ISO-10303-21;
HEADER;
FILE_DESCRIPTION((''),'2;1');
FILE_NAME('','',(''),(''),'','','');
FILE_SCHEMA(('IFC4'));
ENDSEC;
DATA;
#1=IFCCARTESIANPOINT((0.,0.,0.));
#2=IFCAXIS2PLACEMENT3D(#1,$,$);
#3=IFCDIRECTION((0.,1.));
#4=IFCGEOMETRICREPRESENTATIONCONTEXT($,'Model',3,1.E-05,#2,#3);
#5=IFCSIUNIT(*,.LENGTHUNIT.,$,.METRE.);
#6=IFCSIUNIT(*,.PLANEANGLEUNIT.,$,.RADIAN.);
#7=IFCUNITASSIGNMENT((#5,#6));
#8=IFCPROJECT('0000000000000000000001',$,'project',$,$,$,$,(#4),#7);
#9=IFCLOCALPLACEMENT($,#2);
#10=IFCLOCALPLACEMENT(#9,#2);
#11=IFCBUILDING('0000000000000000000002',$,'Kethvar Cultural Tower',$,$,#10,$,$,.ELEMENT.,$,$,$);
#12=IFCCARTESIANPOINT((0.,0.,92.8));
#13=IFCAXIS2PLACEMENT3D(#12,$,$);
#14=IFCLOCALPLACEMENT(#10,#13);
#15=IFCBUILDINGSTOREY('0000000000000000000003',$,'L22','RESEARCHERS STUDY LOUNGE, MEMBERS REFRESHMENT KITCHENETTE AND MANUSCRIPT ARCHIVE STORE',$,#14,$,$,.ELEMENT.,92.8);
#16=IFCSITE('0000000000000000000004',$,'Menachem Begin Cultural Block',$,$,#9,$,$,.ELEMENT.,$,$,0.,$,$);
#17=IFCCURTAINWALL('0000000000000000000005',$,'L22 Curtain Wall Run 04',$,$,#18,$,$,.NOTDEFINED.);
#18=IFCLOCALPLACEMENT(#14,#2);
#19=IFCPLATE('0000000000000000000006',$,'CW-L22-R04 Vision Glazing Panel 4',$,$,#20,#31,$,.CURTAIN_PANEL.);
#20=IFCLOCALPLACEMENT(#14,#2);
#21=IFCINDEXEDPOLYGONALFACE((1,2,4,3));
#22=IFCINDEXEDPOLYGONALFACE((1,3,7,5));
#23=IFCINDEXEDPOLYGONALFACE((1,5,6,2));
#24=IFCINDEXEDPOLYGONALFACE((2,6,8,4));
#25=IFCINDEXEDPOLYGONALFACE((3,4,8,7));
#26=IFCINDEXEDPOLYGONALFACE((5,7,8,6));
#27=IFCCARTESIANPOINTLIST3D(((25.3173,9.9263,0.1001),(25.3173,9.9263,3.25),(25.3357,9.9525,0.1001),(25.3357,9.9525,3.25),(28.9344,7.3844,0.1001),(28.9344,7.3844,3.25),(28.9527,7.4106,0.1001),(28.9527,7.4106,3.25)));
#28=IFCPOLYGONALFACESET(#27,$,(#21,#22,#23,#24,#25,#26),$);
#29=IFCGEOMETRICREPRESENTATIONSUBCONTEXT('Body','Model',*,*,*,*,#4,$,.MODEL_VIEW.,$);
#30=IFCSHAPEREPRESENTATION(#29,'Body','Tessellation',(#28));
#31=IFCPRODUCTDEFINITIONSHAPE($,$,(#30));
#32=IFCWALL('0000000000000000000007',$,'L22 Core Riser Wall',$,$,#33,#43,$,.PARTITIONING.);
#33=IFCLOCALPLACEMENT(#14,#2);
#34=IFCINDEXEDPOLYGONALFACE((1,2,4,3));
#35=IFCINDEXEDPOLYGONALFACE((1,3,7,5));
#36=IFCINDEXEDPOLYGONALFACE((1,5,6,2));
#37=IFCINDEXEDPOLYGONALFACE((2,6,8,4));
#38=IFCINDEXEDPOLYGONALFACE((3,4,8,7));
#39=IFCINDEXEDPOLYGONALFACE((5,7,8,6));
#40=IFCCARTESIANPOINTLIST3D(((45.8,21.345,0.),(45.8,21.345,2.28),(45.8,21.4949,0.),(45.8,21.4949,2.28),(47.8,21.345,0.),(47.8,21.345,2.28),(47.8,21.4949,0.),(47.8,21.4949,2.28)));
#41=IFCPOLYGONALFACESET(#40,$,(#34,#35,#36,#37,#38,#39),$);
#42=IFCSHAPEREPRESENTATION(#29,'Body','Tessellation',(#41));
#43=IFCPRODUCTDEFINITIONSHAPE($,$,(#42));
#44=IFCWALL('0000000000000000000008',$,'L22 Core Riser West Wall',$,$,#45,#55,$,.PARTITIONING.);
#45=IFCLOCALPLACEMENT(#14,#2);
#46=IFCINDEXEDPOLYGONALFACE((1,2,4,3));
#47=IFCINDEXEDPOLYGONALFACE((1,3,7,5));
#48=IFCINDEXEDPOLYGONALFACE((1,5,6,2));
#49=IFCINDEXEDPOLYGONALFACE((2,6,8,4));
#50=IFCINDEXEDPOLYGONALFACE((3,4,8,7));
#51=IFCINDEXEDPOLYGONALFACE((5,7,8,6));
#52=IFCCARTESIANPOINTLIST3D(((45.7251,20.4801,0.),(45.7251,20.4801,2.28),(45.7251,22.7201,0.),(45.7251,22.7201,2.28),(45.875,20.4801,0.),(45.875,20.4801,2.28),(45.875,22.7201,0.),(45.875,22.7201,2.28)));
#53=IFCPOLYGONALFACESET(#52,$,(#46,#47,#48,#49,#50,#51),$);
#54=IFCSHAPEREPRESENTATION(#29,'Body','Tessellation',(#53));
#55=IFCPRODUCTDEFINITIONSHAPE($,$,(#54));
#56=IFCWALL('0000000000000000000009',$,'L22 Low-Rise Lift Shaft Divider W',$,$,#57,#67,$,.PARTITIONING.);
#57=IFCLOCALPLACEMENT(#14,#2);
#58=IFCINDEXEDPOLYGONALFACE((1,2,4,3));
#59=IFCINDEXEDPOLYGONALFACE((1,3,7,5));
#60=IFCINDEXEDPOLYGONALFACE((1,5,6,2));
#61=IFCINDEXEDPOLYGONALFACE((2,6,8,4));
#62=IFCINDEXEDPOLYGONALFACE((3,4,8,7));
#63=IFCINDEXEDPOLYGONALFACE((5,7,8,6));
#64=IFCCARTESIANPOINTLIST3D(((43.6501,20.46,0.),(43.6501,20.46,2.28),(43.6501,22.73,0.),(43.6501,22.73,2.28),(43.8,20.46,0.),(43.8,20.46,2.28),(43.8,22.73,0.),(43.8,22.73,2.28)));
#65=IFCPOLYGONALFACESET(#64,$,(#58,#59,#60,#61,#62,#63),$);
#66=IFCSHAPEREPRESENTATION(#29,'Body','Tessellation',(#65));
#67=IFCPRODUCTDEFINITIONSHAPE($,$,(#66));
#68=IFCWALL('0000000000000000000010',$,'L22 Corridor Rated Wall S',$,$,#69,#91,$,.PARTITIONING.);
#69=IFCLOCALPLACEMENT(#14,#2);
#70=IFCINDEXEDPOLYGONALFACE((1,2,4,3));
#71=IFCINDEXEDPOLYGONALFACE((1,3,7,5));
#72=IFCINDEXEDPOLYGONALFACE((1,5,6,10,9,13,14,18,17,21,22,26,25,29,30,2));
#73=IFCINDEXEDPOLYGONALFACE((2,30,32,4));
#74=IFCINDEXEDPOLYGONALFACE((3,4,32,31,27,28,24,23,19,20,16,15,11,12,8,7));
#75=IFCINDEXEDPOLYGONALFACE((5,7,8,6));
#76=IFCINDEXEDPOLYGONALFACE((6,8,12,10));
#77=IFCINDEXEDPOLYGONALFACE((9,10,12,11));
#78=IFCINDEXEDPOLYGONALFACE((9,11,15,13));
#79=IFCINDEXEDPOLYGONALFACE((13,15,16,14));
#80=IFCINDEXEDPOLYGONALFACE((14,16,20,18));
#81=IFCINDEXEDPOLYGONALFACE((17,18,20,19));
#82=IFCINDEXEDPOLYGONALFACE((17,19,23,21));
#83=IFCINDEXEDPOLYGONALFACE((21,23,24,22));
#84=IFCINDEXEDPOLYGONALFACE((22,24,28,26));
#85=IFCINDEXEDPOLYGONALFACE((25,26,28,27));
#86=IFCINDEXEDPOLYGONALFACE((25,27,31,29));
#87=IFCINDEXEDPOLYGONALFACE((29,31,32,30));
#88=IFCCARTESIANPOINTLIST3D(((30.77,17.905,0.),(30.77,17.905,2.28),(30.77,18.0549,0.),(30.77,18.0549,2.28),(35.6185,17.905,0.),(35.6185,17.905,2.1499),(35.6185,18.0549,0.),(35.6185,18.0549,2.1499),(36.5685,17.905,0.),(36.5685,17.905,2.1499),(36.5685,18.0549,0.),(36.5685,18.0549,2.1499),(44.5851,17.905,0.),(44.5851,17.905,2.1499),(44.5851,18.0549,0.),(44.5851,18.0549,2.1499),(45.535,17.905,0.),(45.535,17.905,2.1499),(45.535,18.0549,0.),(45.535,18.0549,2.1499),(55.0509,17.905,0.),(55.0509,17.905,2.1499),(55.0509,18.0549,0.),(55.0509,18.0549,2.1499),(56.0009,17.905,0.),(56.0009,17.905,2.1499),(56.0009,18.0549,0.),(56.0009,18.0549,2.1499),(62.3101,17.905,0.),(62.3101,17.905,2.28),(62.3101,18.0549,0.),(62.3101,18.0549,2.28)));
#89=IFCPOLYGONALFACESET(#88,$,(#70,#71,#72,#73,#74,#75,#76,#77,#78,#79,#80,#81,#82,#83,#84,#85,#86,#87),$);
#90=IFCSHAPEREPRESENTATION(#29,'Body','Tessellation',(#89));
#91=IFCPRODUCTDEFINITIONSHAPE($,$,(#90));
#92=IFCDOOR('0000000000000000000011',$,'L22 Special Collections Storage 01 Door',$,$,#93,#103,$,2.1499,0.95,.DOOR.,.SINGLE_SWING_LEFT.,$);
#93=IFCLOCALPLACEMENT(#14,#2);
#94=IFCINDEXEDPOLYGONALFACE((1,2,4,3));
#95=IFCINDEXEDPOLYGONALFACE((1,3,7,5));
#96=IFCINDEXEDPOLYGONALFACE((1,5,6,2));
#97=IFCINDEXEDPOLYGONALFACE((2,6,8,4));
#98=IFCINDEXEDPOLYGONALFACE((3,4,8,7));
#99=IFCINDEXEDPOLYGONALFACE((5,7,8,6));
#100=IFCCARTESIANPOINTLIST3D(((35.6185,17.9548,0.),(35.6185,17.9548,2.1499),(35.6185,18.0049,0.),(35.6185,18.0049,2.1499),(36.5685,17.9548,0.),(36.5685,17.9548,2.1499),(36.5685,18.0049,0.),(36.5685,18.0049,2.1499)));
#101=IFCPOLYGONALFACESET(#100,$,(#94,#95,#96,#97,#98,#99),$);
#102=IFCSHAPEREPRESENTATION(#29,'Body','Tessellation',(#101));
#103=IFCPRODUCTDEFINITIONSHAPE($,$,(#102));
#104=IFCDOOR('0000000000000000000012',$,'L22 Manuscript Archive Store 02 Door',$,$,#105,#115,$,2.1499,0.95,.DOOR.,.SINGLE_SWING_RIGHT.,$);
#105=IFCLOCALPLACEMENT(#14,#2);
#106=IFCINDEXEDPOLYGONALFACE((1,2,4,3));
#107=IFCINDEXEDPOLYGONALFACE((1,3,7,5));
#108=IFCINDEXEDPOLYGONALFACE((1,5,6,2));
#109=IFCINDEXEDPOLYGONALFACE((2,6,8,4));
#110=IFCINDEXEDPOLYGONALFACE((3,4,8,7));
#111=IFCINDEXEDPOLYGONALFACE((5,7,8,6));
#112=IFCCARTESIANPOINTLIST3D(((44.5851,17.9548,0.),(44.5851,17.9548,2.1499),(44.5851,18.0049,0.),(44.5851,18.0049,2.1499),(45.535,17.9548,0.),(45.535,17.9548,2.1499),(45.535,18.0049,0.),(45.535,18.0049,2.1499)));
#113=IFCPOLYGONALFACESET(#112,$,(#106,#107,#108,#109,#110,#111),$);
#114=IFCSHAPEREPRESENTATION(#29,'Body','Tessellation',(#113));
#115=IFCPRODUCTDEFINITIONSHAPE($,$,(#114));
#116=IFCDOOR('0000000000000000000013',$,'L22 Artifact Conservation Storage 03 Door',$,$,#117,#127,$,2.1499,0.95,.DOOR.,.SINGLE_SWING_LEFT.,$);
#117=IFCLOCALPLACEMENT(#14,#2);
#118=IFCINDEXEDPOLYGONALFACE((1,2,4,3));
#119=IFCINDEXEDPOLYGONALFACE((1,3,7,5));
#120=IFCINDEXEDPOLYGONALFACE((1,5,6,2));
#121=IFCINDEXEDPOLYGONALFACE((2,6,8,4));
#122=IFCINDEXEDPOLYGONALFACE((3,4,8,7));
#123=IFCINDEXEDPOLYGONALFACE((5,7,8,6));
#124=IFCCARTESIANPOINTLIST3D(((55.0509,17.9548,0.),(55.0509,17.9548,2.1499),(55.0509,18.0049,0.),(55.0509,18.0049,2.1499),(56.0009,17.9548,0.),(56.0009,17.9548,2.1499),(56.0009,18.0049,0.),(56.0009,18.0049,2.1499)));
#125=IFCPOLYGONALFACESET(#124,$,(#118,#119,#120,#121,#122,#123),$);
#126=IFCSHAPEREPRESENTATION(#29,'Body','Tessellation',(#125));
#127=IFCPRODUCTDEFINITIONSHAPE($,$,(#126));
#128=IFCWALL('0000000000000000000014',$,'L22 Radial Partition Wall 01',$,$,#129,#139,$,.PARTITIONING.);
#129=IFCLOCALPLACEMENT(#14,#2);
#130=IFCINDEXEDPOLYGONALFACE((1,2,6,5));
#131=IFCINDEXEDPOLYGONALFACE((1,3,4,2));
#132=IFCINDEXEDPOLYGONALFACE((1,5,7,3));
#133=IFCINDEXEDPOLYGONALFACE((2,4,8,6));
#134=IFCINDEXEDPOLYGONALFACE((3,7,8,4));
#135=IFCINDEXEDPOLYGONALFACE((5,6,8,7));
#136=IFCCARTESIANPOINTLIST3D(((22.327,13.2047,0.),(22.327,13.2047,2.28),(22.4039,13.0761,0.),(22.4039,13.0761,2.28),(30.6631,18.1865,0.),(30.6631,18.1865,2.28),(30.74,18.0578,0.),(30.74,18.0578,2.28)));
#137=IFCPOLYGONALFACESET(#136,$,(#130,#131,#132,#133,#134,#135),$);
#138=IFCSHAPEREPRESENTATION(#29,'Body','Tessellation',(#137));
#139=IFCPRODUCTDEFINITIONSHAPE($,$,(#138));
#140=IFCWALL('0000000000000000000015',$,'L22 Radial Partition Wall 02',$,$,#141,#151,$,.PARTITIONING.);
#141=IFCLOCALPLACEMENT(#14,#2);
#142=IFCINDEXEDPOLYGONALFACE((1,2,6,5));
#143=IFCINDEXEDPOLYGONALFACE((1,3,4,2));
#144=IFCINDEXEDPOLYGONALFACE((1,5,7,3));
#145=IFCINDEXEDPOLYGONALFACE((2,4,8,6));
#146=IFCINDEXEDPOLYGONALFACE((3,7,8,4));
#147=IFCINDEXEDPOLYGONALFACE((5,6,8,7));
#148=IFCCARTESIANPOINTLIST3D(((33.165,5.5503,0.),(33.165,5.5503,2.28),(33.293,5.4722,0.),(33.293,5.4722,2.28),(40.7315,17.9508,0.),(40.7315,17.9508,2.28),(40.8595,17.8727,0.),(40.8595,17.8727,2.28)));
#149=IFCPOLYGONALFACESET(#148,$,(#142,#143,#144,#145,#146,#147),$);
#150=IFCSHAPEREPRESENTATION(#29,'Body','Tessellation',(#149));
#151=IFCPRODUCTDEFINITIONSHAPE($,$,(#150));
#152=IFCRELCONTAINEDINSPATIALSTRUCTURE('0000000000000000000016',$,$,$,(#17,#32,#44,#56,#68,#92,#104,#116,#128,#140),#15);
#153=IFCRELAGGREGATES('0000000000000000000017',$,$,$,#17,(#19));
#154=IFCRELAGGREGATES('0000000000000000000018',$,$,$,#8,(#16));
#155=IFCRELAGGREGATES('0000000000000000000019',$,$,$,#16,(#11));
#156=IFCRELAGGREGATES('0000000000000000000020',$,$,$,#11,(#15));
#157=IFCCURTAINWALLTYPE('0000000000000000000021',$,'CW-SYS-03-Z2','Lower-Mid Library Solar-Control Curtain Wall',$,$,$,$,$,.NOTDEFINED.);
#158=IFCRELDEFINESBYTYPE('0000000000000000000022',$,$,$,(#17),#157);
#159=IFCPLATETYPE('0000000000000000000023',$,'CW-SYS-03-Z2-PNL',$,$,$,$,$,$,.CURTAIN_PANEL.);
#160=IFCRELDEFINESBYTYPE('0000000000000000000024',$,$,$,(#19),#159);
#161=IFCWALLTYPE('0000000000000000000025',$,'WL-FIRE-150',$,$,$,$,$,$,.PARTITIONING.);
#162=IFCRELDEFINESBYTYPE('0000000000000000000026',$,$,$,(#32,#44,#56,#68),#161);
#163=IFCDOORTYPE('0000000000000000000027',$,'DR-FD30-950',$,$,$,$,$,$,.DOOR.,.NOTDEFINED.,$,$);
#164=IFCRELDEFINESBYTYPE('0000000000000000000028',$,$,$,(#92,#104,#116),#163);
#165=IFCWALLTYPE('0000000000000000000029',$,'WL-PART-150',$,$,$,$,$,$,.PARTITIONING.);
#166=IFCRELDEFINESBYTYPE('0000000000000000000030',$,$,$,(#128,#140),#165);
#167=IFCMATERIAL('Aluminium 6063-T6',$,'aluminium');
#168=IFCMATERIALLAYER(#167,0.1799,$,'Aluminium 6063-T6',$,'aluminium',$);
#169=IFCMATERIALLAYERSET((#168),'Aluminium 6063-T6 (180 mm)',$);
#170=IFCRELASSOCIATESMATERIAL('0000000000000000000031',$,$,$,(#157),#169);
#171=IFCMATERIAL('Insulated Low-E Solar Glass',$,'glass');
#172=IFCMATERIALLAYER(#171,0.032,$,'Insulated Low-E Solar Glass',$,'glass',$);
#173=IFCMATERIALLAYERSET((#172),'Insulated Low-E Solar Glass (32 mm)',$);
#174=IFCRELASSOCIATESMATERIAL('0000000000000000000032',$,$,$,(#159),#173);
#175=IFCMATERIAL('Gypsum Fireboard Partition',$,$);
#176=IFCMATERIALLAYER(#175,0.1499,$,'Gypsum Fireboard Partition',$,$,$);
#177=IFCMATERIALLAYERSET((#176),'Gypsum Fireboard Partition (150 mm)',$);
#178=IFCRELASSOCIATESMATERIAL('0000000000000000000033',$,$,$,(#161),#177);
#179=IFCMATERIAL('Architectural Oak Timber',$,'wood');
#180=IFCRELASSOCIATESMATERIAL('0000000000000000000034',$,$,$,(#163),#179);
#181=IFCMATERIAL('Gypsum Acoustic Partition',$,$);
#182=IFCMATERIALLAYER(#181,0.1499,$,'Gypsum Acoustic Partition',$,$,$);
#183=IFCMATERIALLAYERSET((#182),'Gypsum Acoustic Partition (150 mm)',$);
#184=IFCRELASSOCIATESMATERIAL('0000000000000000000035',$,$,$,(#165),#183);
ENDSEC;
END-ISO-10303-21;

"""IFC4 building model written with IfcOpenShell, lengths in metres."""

from ifc_helpers import new_model, si_unit, direction, frame, frame_2d, origin, origin_2d, place, context, subcontext, project, spatial, rectangle, extrude, source, transform, mapped, material, layer, layer_set, type_object, element, fill, aggregate, save


model = new_model("IFC4")

# Units and contexts
model_context = context("Model", 3, precision=1e-05, world=origin(), true_north=direction((0.0, 1.0)))
body_context = subcontext(model_context, "Body", "Model", "MODEL_VIEW")
ifc_project = project(units=[si_unit("LENGTHUNIT", "METRE"), si_unit("PLANEANGLEUNIT", "RADIAN")], contexts=[model_context])

# Site, building, storey
site_placement = place(None, origin())
site = spatial("IfcSite", under=ifc_project, at=site_placement, Name="Menachem Begin Cultural Block", CompositionType="ELEMENT", RefElevation=0.0)
building_placement = place(site_placement, origin())
building = spatial("IfcBuilding", under=site, at=building_placement, Name="Kethvar Cultural Tower", CompositionType="ELEMENT")
storey_placement = place(building_placement, frame((0.0, 0.0, 92.8)))
storey = spatial("IfcBuildingStorey", under=building, at=storey_placement, Name="L22", Description="RESEARCHERS STUDY LOUNGE, MEMBERS REFRESHMENT KITCHENETTE AND MANUSCRIPT ARCHIVE STORE", CompositionType="ELEMENT", Elevation=92.8)

# Curtain wall, plate
ifc_material_1 = material(Name="Aluminium 6063-T6", Category="aluminium")
ifc_layer_1 = layer(ifc_material_1, 0.1799, Name="Aluminium 6063-T6", Category="aluminium")
ifc_layer_set_1 = layer_set([ifc_layer_1], Name="Aluminium 6063-T6 (180 mm)")
curtain_wall_type = type_object("IfcCurtainWallType", Name="CW-SYS-03-Z2", Description="Lower-Mid Library Solar-Control Curtain Wall", PredefinedType="NOTDEFINED", material=ifc_layer_set_1)
curtain_wall_placement = place(storey_placement, origin())
curtain_wall = element("IfcCurtainWall", 1, at=curtain_wall_placement, inside=storey, type_object=curtain_wall_type, Name="L22 Curtain Wall Run 04", PredefinedType="NOTDEFINED")
ifc_material_2 = material(Name="Insulated Low-E Solar Glass", Category="glass")
ifc_layer_2 = layer(ifc_material_2, 0.032, Name="Insulated Low-E Solar Glass", Category="glass")
ifc_layer_set_2 = layer_set([ifc_layer_2], Name="Insulated Low-E Solar Glass (32 mm)")
plate_type = type_object("IfcPlateType", Name="CW-SYS-03-Z2-PNL", PredefinedType="CURTAIN_PANEL", material=ifc_layer_set_2)
shared_shape_1 = source(origin(), body_context, "Body", "SweptSolid", [
    extrude(rectangle(XDim=4.4209, YDim=0.032, at=origin_2d()), origin(), (0.0, 0.0, 1.0), 3.1499),
])
plate_placement = place(storey_placement, frame((27.135, 8.6685, 0.1001), z_axis=(0.0, 0.0, 1.0), x_axis=(0.81818, -0.574962, 0.0)))
plate = element("IfcPlate", 2, at=plate_placement, type_object=plate_type, Name="CW-L22-R04 Vision Glazing Panel 4", PredefinedType="CURTAIN_PANEL", context=body_context, shape_type="MappedRepresentation", body=[
    mapped(shared_shape_1, transform((0.0, 0.0, 0.0), scale=1.0)),
])
aggregate(curtain_wall, [plate])

# Walls
ifc_material_3 = material(Name="Gypsum Fireboard Partition")
ifc_layer_3 = layer(ifc_material_3, 0.1499, Name="Gypsum Fireboard Partition")
ifc_layer_set_3 = layer_set([ifc_layer_3], Name="Gypsum Fireboard Partition (150 mm)")
wall_type_1 = type_object("IfcWallType", Name="WL-FIRE-150", PredefinedType="PARTITIONING", material=ifc_layer_set_3)
wall_1_placement = place(storey_placement, frame((45.8, 21.4199, 0.0), z_axis=(0.0, 0.0, 1.0), x_axis=(1.0, 0.0, 0.0)))
element("IfcWall", 3, at=wall_1_placement, inside=storey, type_object=wall_type_1, Name="L22 Core Riser Wall", PredefinedType="PARTITIONING", context=body_context, shape_type="SweptSolid", body=[
    extrude(rectangle(XDim=2.0, YDim=0.1499, at=frame_2d((1.0, 0.0))), origin(), (0.0, 0.0, 1.0), 2.28),
])
wall_2_placement = place(storey_placement, frame((45.8, 20.48, 0.0), z_axis=(0.0, 0.0, 1.0), x_axis=(0.0, 1.0, 0.0)))
element("IfcWall", 4, at=wall_2_placement, inside=storey, type_object=wall_type_1, Name="L22 Core Riser West Wall", PredefinedType="PARTITIONING", context=body_context, shape_type="SweptSolid", body=[
    extrude(rectangle(XDim=2.24, YDim=0.1499, at=frame_2d((1.1201, 0.0))), origin(), (0.0, 0.0, 1.0), 2.28),
])
wall_3_placement = place(storey_placement, frame((43.7251, 20.46, 0.0), z_axis=(0.0, 0.0, 1.0), x_axis=(0.0, 1.0, 0.0)))
element("IfcWall", 5, at=wall_3_placement, inside=storey, type_object=wall_type_1, Name="L22 Low-Rise Lift Shaft Divider W", PredefinedType="PARTITIONING", context=body_context, shape_type="SweptSolid", body=[
    extrude(rectangle(XDim=2.27, YDim=0.1499, at=frame_2d((1.135, 0.0))), origin(), (0.0, 0.0, 1.0), 2.28),
])

# Wall, openings, doors
wall_4_placement = place(storey_placement, frame((30.77, 17.98, 0.0), z_axis=(0.0, 0.0, 1.0), x_axis=(1.0, 0.0, 0.0)))
wall_4 = element("IfcWall", 6, at=wall_4_placement, inside=storey, type_object=wall_type_1, Name="L22 Corridor Rated Wall S", PredefinedType="PARTITIONING", context=body_context, shape_type="SweptSolid", body=[
    extrude(rectangle(XDim=31.54, YDim=0.1499, at=frame_2d((15.77, 0.0))), origin(), (0.0, 0.0, 1.0), 2.28),
])
opening_1_placement = place(wall_4_placement, frame((4.8484, 0.0, 0.0)))
opening_1 = element("IfcOpeningElement", 7, at=opening_1_placement, cuts=wall_4, PredefinedType="OPENING", context=body_context, shape_type="SweptSolid", body=[
    extrude(rectangle(XDim=0.95, YDim=2.1499, at=frame_2d((0.4751, 1.075))), frame((0.0, 0.085, 0.0), z_axis=(0.0, -1.0, 0.0), x_axis=(1.0, 0.0, 0.0)), (0.0, 0.0, 1.0), 0.1699),
])
opening_2_placement = place(wall_4_placement, frame((13.8149, 0.0, 0.0)))
opening_2 = element("IfcOpeningElement", 8, at=opening_2_placement, cuts=wall_4, PredefinedType="OPENING", context=body_context, shape_type="SweptSolid", body=[
    extrude(rectangle(XDim=0.95, YDim=2.1499, at=frame_2d((0.4751, 1.075))), frame((0.0, 0.085, 0.0), z_axis=(0.0, -1.0, 0.0), x_axis=(1.0, 0.0, 0.0)), (0.0, 0.0, 1.0), 0.1699),
])
opening_3_placement = place(wall_4_placement, frame((24.2808, 0.0, 0.0)))
opening_3 = element("IfcOpeningElement", 9, at=opening_3_placement, cuts=wall_4, PredefinedType="OPENING", context=body_context, shape_type="SweptSolid", body=[
    extrude(rectangle(XDim=0.95, YDim=2.1499, at=frame_2d((0.4751, 1.075))), frame((0.0, 0.085, 0.0), z_axis=(0.0, -1.0, 0.0), x_axis=(1.0, 0.0, 0.0)), (0.0, 0.0, 1.0), 0.1699),
])
ifc_material_4 = material(Name="Architectural Oak Timber", Category="wood")
door_type_1 = type_object("IfcDoorType", Name="DR-FD30-950", OperationType="NOTDEFINED", PredefinedType="DOOR", material=ifc_material_4)
shared_shape_2 = source(origin(), body_context, "Body", "SweptSolid", [
    extrude(rectangle(XDim=0.95, YDim=2.1499, at=frame_2d((0.4751, 1.075))), frame((0.0, 0.0249, 0.0), z_axis=(0.0, -1.0, 0.0), x_axis=(1.0, 0.0, 0.0)), (0.0, 0.0, 1.0), 0.05),
])
door_1_placement = place(opening_1_placement, origin())
door_1 = element("IfcDoor", 10, at=door_1_placement, inside=storey, type_object=door_type_1, Name="L22 Special Collections Storage 01 Door", OperationType="SINGLE_SWING_LEFT", OverallHeight=2.1499, OverallWidth=0.95, PredefinedType="DOOR", context=body_context, shape_type="MappedRepresentation", body=[
    mapped(shared_shape_2, transform((0.0, 0.0, 0.0), scale=1.0)),
])
fill(opening_1, door_1)
door_2_placement = place(opening_2_placement, origin())
door_2 = element("IfcDoor", 11, at=door_2_placement, inside=storey, type_object=door_type_1, Name="L22 Manuscript Archive Store 02 Door", OperationType="SINGLE_SWING_RIGHT", OverallHeight=2.1499, OverallWidth=0.95, PredefinedType="DOOR", context=body_context, shape_type="MappedRepresentation", body=[
    mapped(shared_shape_2, transform((0.0, 0.0, 0.0), scale=1.0)),
])
fill(opening_2, door_2)
door_3_placement = place(opening_3_placement, origin())
door_3 = element("IfcDoor", 12, at=door_3_placement, inside=storey, type_object=door_type_1, Name="L22 Artifact Conservation Storage 03 Door", OperationType="SINGLE_SWING_LEFT", OverallHeight=2.1499, OverallWidth=0.95, PredefinedType="DOOR", context=body_context, shape_type="MappedRepresentation", body=[
    mapped(shared_shape_2, transform((0.0, 0.0, 0.0), scale=1.0)),
])
fill(opening_3, door_3)

# Walls
ifc_material_5 = material(Name="Gypsum Acoustic Partition")
ifc_layer_4 = layer(ifc_material_5, 0.1499, Name="Gypsum Acoustic Partition")
ifc_layer_set_4 = layer_set([ifc_layer_4], Name="Gypsum Acoustic Partition (150 mm)")
wall_type_2 = type_object("IfcWallType", Name="WL-PART-150", PredefinedType="PARTITIONING", material=ifc_layer_set_4)
wall_5_placement = place(storey_placement, frame((30.7014, 18.1221, 0.0), z_axis=(0.0, 0.0, 1.0), x_axis=(-0.858394, -0.51299, 0.0)))
element("IfcWall", 13, at=wall_5_placement, inside=storey, type_object=wall_type_2, Name="L22 Radial Partition Wall 01", PredefinedType="PARTITIONING", context=body_context, shape_type="SweptSolid", body=[
    extrude(rectangle(XDim=9.7112, YDim=0.1499, at=frame_2d((4.8555, 0.0))), origin(), (0.0, 0.0, 1.0), 2.28),
])
wall_6_placement = place(storey_placement, frame((40.7954, 17.9116, 0.0), z_axis=(0.0, 0.0, 1.0), x_axis=(-0.520868, -0.853637, 0.0)))
element("IfcWall", 14, at=wall_6_placement, inside=storey, type_object=wall_type_2, Name="L22 Radial Partition Wall 02", PredefinedType="PARTITIONING", context=body_context, shape_type="SweptSolid", body=[
    extrude(rectangle(XDim=14.5266, YDim=0.1499, at=frame_2d((7.2632, 0.0))), origin(), (0.0, 0.0, 1.0), 2.28),
])

save(model, "model.ifc")
